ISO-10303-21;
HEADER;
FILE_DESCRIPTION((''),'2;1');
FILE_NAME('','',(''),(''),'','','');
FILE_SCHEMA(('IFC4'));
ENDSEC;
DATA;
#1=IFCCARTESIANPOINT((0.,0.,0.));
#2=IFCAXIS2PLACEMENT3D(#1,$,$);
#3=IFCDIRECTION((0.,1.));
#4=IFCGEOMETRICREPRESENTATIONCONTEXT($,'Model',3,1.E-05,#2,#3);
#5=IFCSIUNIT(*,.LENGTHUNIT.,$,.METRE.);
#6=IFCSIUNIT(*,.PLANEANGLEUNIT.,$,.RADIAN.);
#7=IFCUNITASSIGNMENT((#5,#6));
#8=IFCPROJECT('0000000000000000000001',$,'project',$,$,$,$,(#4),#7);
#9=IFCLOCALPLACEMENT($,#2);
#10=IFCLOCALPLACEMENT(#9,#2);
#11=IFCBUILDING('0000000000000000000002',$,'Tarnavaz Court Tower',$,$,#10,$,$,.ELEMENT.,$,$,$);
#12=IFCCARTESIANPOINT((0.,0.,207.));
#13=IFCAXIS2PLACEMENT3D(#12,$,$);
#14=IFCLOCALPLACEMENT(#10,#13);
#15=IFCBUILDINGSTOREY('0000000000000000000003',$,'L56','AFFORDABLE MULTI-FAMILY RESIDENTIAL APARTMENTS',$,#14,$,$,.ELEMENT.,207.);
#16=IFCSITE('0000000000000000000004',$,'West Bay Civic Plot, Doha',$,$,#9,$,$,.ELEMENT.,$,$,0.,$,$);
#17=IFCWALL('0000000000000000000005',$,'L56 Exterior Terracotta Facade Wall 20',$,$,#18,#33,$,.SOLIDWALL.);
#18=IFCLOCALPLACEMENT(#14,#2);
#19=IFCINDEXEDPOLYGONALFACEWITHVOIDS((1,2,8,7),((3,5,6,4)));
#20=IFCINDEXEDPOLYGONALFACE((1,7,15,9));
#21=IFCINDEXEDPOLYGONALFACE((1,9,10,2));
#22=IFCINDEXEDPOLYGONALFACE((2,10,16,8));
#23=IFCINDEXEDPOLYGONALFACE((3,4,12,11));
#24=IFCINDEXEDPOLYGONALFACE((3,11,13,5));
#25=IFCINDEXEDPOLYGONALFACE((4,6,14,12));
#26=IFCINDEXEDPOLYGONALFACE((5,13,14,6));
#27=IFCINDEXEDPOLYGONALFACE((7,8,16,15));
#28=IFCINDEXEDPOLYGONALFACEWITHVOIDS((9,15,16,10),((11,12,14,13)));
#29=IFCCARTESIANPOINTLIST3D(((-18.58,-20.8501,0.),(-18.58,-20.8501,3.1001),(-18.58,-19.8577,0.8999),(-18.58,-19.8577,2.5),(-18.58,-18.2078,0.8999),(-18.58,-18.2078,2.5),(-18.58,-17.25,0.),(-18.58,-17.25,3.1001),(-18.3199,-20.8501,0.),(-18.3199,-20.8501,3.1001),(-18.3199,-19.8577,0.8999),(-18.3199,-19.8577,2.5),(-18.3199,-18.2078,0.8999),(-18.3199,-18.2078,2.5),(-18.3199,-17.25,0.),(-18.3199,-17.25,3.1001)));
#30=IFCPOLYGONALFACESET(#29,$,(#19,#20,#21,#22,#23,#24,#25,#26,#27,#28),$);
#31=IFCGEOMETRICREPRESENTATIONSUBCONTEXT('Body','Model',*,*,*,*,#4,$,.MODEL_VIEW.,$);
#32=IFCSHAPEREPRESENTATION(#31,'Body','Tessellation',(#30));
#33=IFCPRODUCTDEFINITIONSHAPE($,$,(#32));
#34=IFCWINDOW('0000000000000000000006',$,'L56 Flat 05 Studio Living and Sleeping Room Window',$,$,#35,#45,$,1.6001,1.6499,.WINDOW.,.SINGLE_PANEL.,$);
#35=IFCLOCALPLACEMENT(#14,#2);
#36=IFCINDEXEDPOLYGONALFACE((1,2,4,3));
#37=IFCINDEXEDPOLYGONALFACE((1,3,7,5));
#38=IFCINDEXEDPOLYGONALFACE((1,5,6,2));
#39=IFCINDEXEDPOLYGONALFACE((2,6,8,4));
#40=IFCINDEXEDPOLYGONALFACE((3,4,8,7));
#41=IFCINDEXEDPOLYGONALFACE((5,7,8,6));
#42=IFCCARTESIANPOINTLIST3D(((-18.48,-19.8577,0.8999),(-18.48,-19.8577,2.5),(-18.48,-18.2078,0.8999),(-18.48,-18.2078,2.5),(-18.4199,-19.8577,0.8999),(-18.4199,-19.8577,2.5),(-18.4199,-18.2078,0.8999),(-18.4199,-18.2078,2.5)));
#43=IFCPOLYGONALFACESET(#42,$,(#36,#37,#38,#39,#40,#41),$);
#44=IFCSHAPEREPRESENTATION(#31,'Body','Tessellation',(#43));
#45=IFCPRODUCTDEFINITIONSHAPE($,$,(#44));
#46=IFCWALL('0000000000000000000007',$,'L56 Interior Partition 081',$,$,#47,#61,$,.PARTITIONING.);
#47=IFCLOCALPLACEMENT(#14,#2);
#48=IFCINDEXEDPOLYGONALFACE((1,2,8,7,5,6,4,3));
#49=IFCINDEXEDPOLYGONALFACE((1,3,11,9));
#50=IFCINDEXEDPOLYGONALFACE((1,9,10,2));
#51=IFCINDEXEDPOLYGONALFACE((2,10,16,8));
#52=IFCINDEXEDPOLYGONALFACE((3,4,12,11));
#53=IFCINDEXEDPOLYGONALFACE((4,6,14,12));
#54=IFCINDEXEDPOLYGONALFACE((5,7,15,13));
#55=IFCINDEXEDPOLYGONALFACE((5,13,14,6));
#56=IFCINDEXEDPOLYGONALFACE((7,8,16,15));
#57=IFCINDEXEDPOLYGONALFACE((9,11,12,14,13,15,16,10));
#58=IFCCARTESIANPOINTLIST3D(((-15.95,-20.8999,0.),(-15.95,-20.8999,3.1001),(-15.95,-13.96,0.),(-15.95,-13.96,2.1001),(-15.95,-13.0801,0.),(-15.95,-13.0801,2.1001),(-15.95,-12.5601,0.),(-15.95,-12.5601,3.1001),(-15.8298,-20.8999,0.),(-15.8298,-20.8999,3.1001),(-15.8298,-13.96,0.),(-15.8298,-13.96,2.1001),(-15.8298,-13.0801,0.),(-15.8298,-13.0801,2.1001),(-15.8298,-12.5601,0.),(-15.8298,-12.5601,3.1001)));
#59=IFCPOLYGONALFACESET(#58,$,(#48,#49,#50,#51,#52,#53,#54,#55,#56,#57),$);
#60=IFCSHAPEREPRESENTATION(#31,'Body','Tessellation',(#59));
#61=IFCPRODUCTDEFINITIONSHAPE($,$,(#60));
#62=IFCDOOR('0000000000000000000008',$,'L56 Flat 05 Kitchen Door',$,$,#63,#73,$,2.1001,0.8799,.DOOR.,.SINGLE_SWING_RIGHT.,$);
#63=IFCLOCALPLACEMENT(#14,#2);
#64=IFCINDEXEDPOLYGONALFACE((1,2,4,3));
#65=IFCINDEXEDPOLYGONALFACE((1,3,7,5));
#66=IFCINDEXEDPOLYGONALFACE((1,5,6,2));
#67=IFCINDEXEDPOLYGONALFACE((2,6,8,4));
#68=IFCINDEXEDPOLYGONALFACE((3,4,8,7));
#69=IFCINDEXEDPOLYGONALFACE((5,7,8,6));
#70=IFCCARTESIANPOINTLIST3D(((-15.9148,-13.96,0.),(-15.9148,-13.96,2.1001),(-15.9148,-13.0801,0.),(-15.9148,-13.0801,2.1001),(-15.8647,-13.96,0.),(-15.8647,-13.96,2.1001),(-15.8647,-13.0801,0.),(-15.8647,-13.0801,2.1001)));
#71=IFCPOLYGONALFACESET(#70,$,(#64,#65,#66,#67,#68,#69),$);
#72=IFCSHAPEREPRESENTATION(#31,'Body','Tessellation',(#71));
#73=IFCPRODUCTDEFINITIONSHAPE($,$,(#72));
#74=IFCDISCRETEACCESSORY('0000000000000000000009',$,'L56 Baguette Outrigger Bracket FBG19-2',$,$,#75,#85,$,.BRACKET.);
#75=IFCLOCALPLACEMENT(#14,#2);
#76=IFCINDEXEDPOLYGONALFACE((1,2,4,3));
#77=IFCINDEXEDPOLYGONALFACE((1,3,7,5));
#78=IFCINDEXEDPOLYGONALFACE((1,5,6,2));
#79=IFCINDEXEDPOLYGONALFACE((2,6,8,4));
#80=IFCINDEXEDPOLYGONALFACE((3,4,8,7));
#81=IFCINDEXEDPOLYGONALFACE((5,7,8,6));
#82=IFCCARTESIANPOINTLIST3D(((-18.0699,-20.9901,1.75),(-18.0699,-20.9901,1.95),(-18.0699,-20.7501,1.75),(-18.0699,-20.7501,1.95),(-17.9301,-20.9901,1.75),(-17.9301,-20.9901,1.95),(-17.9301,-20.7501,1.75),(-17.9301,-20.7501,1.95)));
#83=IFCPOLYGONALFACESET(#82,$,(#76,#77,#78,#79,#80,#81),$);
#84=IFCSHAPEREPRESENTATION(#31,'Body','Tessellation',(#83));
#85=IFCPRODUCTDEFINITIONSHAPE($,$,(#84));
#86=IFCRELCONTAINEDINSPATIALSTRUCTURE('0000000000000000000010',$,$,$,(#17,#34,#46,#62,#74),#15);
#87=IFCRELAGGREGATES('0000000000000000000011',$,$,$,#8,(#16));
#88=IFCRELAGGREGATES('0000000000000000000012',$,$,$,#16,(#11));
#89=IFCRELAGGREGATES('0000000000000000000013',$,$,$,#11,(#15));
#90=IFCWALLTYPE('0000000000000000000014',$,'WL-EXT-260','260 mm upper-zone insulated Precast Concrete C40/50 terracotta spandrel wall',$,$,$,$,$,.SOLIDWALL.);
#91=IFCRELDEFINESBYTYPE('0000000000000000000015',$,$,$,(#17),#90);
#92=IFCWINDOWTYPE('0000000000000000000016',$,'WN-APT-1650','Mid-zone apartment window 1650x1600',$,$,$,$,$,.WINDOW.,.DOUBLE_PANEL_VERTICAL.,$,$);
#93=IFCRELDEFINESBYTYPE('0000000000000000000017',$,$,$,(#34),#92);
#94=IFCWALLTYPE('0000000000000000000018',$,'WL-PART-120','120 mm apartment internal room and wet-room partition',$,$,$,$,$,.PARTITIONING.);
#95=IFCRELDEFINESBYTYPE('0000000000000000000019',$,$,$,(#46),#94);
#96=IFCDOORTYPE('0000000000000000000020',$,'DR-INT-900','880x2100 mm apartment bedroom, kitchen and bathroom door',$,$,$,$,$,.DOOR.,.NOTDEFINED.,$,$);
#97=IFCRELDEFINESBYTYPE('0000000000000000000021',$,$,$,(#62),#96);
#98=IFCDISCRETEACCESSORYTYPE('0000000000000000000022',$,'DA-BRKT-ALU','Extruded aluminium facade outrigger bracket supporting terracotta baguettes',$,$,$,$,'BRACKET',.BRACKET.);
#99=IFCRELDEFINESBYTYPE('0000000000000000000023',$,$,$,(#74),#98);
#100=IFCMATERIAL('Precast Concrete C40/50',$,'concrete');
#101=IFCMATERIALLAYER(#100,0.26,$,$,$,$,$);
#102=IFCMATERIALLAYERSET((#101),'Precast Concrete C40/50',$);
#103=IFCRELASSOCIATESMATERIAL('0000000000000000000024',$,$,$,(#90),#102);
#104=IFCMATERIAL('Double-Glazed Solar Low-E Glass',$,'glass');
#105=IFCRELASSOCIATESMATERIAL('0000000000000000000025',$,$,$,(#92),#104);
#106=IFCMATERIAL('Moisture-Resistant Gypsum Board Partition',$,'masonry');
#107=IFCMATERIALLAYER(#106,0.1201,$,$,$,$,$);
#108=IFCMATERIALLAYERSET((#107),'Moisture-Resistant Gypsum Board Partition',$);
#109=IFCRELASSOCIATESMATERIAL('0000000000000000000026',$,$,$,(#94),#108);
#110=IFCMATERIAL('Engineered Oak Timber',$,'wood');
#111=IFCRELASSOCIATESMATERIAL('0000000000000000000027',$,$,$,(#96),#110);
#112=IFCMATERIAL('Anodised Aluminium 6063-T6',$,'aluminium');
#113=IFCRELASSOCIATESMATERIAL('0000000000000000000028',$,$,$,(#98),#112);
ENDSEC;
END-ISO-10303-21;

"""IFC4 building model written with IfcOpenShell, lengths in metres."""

from ifc_helpers import new_model, si_unit, direction, frame, frame_2d, origin, origin_2d, place, context, subcontext, project, spatial, rectangle, extrude, material, layer, layer_set, type_object, element, fill, save


model = new_model("IFC4")

# Units and contexts
model_context = context("Model", 3, precision=1e-05, world=origin(), true_north=direction((0.0, 1.0)))
body_context = subcontext(model_context, "Body", "Model", "MODEL_VIEW")
ifc_project = project(units=[si_unit("LENGTHUNIT", "METRE"), si_unit("PLANEANGLEUNIT", "RADIAN")], contexts=[model_context])

# Site, building, storey
site_placement = place(None, origin())
site = spatial("IfcSite", under=ifc_project, at=site_placement, Name="West Bay Civic Plot, Doha", CompositionType="ELEMENT", RefElevation=0.0)
building_placement = place(site_placement, origin())
building = spatial("IfcBuilding", under=site, at=building_placement, Name="Tarnavaz Court Tower", CompositionType="ELEMENT")
storey_placement = place(building_placement, frame((0.0, 0.0, 207.0)))
storey = spatial("IfcBuildingStorey", under=building, at=storey_placement, Name="L56", Description="AFFORDABLE MULTI-FAMILY RESIDENTIAL APARTMENTS", CompositionType="ELEMENT", Elevation=207.0)

# Shared definitions
ifc_material_1 = material(Name="Precast Concrete C40/50", Category="concrete")
ifc_layer_1 = layer(ifc_material_1, 0.26)
ifc_layer_set_1 = layer_set([ifc_layer_1], Name="Precast Concrete C40/50")
wall_type_1 = type_object("IfcWallType", Name="WL-EXT-260", Description="260 mm upper-zone insulated Precast Concrete C40/50 terracotta spandrel wall", PredefinedType="SOLIDWALL", material=ifc_layer_set_1)
ifc_material_2 = material(Name="Double-Glazed Solar Low-E Glass", Category="glass")

# Shared definitions
window_type_1 = type_object("IfcWindowType", Name="WN-APT-1650", Description="Mid-zone apartment window 1650x1600", PartitioningType="DOUBLE_PANEL_VERTICAL", PredefinedType="WINDOW", material=ifc_material_2)

# Wall, opening, window
wall_1_placement = place(storey_placement, frame((-18.45, -20.8501, 0.0), z_axis=(0.0, 0.0, 1.0), x_axis=(0.0, 1.0, 0.0)))
wall_1 = element("IfcWall", 1, at=wall_1_placement, inside=storey, type_object=wall_type_1, Name="L56 Exterior Terracotta Facade Wall 20", PredefinedType="SOLIDWALL", context=body_context, shape_type="SweptSolid", body=[
    extrude(rectangle(XDim=3.6001, YDim=0.26, at=frame_2d((1.8, 0.0))), origin(), (0.0, 0.0, 1.0), 3.1001),
])
opening_1_placement = place(wall_1_placement, frame((0.9924, 0.0, 0.8999)))
opening_1 = element("IfcOpeningElement", 2, at=opening_1_placement, cuts=wall_1, PredefinedType="OPENING", context=body_context, shape_type="SweptSolid", body=[
    extrude(rectangle(XDim=1.6499, YDim=1.6001, at=frame_2d((0.825, 0.8))), frame((0.0, 0.1399, 0.0), z_axis=(0.0, -1.0, 0.0), x_axis=(1.0, 0.0, 0.0)), (0.0, 0.0, 1.0), 0.28),
])
window_1_placement = place(opening_1_placement, origin())
window_1 = element("IfcWindow", 3, at=window_1_placement, inside=storey, type_object=window_type_1, Name="L56 Flat 05 Studio Living and Sleeping Room Window", OverallHeight=1.6001, OverallWidth=1.6499, PartitioningType="SINGLE_PANEL", PredefinedType="WINDOW", context=body_context, shape_type="SweptSolid", body=[
    extrude(rectangle(XDim=1.6499, YDim=1.6001, at=frame_2d((0.825, 0.8))), frame((0.0, 0.03, 0.0), z_axis=(0.0, -1.0, 0.0), x_axis=(1.0, 0.0, 0.0)), (0.0, 0.0, 1.0), 0.0601),
])
fill(opening_1, window_1)

# Wall, opening, door
ifc_material_3 = material(Name="Moisture-Resistant Gypsum Board Partition", Category="masonry")
ifc_layer_2 = layer(ifc_material_3, 0.1201)
ifc_layer_set_2 = layer_set([ifc_layer_2], Name="Moisture-Resistant Gypsum Board Partition")
wall_type_2 = type_object("IfcWallType", Name="WL-PART-120", Description="120 mm apartment internal room and wet-room partition", PredefinedType="PARTITIONING", material=ifc_layer_set_2)
wall_2_placement = place(storey_placement, frame((-15.8899, -20.8999, 0.0), z_axis=(0.0, 0.0, 1.0), x_axis=(0.0, 1.0, 0.0)))
wall_2 = element("IfcWall", 4, at=wall_2_placement, inside=storey, type_object=wall_type_2, Name="L56 Interior Partition 081", PredefinedType="PARTITIONING", context=body_context, shape_type="SweptSolid", body=[
    extrude(rectangle(XDim=8.3398, YDim=0.1201, at=frame_2d((4.1699, 0.0))), origin(), (0.0, 0.0, 1.0), 3.1001),
])
opening_2_placement = place(wall_2_placement, frame((6.9399, 0.0, 0.0)))
opening_2 = element("IfcOpeningElement", 5, at=opening_2_placement, cuts=wall_2, PredefinedType="OPENING", context=body_context, shape_type="SweptSolid", body=[
    extrude(rectangle(XDim=0.8799, YDim=2.1001, at=frame_2d((0.4399, 1.05))), frame((0.0, 0.0701, 0.0), z_axis=(0.0, -1.0, 0.0), x_axis=(1.0, 0.0, 0.0)), (0.0, 0.0, 1.0), 0.1401),
])
ifc_material_4 = material(Name="Engineered Oak Timber", Category="wood")
door_type = type_object("IfcDoorType", Name="DR-INT-900", Description="880x2100 mm apartment bedroom, kitchen and bathroom door", OperationType="NOTDEFINED", PredefinedType="DOOR", material=ifc_material_4)
door_placement = place(opening_2_placement, origin())
door = element("IfcDoor", 6, at=door_placement, inside=storey, type_object=door_type, Name="L56 Flat 05 Kitchen Door", OperationType="SINGLE_SWING_RIGHT", OverallHeight=2.1001, OverallWidth=0.8799, PredefinedType="DOOR", context=body_context, shape_type="SweptSolid", body=[
    extrude(rectangle(XDim=0.8799, YDim=2.1001, at=frame_2d((0.4399, 1.05))), frame((0.0, 0.0249, 0.0), z_axis=(0.0, -1.0, 0.0), x_axis=(1.0, 0.0, 0.0)), (0.0, 0.0, 1.0), 0.05),
])
fill(opening_2, door)

# Discrete accessory
ifc_material_5 = material(Name="Anodised Aluminium 6063-T6", Category="aluminium")
discrete_accessory_type = type_object("IfcDiscreteAccessoryType", Name="DA-BRKT-ALU", Description="Extruded aluminium facade outrigger bracket supporting terracotta baguettes", ElementType="BRACKET", PredefinedType="BRACKET", material=ifc_material_5)
discrete_accessory_placement = place(storey_placement, frame((-18.0, -20.8701, 1.75), z_axis=(0.0, 0.0, 1.0), x_axis=(-1.0, 0.0, 0.0)))
element("IfcDiscreteAccessory", 7, at=discrete_accessory_placement, inside=storey, type_object=discrete_accessory_type, Name="L56 Baguette Outrigger Bracket FBG19-2", PredefinedType="BRACKET", context=body_context, shape_type="SweptSolid", body=[
    extrude(rectangle(XDim=0.1399, YDim=0.24, at=origin_2d()), origin(), (0.0, 0.0, 1.0), 0.2),
])

save(model, "model.ifc")
